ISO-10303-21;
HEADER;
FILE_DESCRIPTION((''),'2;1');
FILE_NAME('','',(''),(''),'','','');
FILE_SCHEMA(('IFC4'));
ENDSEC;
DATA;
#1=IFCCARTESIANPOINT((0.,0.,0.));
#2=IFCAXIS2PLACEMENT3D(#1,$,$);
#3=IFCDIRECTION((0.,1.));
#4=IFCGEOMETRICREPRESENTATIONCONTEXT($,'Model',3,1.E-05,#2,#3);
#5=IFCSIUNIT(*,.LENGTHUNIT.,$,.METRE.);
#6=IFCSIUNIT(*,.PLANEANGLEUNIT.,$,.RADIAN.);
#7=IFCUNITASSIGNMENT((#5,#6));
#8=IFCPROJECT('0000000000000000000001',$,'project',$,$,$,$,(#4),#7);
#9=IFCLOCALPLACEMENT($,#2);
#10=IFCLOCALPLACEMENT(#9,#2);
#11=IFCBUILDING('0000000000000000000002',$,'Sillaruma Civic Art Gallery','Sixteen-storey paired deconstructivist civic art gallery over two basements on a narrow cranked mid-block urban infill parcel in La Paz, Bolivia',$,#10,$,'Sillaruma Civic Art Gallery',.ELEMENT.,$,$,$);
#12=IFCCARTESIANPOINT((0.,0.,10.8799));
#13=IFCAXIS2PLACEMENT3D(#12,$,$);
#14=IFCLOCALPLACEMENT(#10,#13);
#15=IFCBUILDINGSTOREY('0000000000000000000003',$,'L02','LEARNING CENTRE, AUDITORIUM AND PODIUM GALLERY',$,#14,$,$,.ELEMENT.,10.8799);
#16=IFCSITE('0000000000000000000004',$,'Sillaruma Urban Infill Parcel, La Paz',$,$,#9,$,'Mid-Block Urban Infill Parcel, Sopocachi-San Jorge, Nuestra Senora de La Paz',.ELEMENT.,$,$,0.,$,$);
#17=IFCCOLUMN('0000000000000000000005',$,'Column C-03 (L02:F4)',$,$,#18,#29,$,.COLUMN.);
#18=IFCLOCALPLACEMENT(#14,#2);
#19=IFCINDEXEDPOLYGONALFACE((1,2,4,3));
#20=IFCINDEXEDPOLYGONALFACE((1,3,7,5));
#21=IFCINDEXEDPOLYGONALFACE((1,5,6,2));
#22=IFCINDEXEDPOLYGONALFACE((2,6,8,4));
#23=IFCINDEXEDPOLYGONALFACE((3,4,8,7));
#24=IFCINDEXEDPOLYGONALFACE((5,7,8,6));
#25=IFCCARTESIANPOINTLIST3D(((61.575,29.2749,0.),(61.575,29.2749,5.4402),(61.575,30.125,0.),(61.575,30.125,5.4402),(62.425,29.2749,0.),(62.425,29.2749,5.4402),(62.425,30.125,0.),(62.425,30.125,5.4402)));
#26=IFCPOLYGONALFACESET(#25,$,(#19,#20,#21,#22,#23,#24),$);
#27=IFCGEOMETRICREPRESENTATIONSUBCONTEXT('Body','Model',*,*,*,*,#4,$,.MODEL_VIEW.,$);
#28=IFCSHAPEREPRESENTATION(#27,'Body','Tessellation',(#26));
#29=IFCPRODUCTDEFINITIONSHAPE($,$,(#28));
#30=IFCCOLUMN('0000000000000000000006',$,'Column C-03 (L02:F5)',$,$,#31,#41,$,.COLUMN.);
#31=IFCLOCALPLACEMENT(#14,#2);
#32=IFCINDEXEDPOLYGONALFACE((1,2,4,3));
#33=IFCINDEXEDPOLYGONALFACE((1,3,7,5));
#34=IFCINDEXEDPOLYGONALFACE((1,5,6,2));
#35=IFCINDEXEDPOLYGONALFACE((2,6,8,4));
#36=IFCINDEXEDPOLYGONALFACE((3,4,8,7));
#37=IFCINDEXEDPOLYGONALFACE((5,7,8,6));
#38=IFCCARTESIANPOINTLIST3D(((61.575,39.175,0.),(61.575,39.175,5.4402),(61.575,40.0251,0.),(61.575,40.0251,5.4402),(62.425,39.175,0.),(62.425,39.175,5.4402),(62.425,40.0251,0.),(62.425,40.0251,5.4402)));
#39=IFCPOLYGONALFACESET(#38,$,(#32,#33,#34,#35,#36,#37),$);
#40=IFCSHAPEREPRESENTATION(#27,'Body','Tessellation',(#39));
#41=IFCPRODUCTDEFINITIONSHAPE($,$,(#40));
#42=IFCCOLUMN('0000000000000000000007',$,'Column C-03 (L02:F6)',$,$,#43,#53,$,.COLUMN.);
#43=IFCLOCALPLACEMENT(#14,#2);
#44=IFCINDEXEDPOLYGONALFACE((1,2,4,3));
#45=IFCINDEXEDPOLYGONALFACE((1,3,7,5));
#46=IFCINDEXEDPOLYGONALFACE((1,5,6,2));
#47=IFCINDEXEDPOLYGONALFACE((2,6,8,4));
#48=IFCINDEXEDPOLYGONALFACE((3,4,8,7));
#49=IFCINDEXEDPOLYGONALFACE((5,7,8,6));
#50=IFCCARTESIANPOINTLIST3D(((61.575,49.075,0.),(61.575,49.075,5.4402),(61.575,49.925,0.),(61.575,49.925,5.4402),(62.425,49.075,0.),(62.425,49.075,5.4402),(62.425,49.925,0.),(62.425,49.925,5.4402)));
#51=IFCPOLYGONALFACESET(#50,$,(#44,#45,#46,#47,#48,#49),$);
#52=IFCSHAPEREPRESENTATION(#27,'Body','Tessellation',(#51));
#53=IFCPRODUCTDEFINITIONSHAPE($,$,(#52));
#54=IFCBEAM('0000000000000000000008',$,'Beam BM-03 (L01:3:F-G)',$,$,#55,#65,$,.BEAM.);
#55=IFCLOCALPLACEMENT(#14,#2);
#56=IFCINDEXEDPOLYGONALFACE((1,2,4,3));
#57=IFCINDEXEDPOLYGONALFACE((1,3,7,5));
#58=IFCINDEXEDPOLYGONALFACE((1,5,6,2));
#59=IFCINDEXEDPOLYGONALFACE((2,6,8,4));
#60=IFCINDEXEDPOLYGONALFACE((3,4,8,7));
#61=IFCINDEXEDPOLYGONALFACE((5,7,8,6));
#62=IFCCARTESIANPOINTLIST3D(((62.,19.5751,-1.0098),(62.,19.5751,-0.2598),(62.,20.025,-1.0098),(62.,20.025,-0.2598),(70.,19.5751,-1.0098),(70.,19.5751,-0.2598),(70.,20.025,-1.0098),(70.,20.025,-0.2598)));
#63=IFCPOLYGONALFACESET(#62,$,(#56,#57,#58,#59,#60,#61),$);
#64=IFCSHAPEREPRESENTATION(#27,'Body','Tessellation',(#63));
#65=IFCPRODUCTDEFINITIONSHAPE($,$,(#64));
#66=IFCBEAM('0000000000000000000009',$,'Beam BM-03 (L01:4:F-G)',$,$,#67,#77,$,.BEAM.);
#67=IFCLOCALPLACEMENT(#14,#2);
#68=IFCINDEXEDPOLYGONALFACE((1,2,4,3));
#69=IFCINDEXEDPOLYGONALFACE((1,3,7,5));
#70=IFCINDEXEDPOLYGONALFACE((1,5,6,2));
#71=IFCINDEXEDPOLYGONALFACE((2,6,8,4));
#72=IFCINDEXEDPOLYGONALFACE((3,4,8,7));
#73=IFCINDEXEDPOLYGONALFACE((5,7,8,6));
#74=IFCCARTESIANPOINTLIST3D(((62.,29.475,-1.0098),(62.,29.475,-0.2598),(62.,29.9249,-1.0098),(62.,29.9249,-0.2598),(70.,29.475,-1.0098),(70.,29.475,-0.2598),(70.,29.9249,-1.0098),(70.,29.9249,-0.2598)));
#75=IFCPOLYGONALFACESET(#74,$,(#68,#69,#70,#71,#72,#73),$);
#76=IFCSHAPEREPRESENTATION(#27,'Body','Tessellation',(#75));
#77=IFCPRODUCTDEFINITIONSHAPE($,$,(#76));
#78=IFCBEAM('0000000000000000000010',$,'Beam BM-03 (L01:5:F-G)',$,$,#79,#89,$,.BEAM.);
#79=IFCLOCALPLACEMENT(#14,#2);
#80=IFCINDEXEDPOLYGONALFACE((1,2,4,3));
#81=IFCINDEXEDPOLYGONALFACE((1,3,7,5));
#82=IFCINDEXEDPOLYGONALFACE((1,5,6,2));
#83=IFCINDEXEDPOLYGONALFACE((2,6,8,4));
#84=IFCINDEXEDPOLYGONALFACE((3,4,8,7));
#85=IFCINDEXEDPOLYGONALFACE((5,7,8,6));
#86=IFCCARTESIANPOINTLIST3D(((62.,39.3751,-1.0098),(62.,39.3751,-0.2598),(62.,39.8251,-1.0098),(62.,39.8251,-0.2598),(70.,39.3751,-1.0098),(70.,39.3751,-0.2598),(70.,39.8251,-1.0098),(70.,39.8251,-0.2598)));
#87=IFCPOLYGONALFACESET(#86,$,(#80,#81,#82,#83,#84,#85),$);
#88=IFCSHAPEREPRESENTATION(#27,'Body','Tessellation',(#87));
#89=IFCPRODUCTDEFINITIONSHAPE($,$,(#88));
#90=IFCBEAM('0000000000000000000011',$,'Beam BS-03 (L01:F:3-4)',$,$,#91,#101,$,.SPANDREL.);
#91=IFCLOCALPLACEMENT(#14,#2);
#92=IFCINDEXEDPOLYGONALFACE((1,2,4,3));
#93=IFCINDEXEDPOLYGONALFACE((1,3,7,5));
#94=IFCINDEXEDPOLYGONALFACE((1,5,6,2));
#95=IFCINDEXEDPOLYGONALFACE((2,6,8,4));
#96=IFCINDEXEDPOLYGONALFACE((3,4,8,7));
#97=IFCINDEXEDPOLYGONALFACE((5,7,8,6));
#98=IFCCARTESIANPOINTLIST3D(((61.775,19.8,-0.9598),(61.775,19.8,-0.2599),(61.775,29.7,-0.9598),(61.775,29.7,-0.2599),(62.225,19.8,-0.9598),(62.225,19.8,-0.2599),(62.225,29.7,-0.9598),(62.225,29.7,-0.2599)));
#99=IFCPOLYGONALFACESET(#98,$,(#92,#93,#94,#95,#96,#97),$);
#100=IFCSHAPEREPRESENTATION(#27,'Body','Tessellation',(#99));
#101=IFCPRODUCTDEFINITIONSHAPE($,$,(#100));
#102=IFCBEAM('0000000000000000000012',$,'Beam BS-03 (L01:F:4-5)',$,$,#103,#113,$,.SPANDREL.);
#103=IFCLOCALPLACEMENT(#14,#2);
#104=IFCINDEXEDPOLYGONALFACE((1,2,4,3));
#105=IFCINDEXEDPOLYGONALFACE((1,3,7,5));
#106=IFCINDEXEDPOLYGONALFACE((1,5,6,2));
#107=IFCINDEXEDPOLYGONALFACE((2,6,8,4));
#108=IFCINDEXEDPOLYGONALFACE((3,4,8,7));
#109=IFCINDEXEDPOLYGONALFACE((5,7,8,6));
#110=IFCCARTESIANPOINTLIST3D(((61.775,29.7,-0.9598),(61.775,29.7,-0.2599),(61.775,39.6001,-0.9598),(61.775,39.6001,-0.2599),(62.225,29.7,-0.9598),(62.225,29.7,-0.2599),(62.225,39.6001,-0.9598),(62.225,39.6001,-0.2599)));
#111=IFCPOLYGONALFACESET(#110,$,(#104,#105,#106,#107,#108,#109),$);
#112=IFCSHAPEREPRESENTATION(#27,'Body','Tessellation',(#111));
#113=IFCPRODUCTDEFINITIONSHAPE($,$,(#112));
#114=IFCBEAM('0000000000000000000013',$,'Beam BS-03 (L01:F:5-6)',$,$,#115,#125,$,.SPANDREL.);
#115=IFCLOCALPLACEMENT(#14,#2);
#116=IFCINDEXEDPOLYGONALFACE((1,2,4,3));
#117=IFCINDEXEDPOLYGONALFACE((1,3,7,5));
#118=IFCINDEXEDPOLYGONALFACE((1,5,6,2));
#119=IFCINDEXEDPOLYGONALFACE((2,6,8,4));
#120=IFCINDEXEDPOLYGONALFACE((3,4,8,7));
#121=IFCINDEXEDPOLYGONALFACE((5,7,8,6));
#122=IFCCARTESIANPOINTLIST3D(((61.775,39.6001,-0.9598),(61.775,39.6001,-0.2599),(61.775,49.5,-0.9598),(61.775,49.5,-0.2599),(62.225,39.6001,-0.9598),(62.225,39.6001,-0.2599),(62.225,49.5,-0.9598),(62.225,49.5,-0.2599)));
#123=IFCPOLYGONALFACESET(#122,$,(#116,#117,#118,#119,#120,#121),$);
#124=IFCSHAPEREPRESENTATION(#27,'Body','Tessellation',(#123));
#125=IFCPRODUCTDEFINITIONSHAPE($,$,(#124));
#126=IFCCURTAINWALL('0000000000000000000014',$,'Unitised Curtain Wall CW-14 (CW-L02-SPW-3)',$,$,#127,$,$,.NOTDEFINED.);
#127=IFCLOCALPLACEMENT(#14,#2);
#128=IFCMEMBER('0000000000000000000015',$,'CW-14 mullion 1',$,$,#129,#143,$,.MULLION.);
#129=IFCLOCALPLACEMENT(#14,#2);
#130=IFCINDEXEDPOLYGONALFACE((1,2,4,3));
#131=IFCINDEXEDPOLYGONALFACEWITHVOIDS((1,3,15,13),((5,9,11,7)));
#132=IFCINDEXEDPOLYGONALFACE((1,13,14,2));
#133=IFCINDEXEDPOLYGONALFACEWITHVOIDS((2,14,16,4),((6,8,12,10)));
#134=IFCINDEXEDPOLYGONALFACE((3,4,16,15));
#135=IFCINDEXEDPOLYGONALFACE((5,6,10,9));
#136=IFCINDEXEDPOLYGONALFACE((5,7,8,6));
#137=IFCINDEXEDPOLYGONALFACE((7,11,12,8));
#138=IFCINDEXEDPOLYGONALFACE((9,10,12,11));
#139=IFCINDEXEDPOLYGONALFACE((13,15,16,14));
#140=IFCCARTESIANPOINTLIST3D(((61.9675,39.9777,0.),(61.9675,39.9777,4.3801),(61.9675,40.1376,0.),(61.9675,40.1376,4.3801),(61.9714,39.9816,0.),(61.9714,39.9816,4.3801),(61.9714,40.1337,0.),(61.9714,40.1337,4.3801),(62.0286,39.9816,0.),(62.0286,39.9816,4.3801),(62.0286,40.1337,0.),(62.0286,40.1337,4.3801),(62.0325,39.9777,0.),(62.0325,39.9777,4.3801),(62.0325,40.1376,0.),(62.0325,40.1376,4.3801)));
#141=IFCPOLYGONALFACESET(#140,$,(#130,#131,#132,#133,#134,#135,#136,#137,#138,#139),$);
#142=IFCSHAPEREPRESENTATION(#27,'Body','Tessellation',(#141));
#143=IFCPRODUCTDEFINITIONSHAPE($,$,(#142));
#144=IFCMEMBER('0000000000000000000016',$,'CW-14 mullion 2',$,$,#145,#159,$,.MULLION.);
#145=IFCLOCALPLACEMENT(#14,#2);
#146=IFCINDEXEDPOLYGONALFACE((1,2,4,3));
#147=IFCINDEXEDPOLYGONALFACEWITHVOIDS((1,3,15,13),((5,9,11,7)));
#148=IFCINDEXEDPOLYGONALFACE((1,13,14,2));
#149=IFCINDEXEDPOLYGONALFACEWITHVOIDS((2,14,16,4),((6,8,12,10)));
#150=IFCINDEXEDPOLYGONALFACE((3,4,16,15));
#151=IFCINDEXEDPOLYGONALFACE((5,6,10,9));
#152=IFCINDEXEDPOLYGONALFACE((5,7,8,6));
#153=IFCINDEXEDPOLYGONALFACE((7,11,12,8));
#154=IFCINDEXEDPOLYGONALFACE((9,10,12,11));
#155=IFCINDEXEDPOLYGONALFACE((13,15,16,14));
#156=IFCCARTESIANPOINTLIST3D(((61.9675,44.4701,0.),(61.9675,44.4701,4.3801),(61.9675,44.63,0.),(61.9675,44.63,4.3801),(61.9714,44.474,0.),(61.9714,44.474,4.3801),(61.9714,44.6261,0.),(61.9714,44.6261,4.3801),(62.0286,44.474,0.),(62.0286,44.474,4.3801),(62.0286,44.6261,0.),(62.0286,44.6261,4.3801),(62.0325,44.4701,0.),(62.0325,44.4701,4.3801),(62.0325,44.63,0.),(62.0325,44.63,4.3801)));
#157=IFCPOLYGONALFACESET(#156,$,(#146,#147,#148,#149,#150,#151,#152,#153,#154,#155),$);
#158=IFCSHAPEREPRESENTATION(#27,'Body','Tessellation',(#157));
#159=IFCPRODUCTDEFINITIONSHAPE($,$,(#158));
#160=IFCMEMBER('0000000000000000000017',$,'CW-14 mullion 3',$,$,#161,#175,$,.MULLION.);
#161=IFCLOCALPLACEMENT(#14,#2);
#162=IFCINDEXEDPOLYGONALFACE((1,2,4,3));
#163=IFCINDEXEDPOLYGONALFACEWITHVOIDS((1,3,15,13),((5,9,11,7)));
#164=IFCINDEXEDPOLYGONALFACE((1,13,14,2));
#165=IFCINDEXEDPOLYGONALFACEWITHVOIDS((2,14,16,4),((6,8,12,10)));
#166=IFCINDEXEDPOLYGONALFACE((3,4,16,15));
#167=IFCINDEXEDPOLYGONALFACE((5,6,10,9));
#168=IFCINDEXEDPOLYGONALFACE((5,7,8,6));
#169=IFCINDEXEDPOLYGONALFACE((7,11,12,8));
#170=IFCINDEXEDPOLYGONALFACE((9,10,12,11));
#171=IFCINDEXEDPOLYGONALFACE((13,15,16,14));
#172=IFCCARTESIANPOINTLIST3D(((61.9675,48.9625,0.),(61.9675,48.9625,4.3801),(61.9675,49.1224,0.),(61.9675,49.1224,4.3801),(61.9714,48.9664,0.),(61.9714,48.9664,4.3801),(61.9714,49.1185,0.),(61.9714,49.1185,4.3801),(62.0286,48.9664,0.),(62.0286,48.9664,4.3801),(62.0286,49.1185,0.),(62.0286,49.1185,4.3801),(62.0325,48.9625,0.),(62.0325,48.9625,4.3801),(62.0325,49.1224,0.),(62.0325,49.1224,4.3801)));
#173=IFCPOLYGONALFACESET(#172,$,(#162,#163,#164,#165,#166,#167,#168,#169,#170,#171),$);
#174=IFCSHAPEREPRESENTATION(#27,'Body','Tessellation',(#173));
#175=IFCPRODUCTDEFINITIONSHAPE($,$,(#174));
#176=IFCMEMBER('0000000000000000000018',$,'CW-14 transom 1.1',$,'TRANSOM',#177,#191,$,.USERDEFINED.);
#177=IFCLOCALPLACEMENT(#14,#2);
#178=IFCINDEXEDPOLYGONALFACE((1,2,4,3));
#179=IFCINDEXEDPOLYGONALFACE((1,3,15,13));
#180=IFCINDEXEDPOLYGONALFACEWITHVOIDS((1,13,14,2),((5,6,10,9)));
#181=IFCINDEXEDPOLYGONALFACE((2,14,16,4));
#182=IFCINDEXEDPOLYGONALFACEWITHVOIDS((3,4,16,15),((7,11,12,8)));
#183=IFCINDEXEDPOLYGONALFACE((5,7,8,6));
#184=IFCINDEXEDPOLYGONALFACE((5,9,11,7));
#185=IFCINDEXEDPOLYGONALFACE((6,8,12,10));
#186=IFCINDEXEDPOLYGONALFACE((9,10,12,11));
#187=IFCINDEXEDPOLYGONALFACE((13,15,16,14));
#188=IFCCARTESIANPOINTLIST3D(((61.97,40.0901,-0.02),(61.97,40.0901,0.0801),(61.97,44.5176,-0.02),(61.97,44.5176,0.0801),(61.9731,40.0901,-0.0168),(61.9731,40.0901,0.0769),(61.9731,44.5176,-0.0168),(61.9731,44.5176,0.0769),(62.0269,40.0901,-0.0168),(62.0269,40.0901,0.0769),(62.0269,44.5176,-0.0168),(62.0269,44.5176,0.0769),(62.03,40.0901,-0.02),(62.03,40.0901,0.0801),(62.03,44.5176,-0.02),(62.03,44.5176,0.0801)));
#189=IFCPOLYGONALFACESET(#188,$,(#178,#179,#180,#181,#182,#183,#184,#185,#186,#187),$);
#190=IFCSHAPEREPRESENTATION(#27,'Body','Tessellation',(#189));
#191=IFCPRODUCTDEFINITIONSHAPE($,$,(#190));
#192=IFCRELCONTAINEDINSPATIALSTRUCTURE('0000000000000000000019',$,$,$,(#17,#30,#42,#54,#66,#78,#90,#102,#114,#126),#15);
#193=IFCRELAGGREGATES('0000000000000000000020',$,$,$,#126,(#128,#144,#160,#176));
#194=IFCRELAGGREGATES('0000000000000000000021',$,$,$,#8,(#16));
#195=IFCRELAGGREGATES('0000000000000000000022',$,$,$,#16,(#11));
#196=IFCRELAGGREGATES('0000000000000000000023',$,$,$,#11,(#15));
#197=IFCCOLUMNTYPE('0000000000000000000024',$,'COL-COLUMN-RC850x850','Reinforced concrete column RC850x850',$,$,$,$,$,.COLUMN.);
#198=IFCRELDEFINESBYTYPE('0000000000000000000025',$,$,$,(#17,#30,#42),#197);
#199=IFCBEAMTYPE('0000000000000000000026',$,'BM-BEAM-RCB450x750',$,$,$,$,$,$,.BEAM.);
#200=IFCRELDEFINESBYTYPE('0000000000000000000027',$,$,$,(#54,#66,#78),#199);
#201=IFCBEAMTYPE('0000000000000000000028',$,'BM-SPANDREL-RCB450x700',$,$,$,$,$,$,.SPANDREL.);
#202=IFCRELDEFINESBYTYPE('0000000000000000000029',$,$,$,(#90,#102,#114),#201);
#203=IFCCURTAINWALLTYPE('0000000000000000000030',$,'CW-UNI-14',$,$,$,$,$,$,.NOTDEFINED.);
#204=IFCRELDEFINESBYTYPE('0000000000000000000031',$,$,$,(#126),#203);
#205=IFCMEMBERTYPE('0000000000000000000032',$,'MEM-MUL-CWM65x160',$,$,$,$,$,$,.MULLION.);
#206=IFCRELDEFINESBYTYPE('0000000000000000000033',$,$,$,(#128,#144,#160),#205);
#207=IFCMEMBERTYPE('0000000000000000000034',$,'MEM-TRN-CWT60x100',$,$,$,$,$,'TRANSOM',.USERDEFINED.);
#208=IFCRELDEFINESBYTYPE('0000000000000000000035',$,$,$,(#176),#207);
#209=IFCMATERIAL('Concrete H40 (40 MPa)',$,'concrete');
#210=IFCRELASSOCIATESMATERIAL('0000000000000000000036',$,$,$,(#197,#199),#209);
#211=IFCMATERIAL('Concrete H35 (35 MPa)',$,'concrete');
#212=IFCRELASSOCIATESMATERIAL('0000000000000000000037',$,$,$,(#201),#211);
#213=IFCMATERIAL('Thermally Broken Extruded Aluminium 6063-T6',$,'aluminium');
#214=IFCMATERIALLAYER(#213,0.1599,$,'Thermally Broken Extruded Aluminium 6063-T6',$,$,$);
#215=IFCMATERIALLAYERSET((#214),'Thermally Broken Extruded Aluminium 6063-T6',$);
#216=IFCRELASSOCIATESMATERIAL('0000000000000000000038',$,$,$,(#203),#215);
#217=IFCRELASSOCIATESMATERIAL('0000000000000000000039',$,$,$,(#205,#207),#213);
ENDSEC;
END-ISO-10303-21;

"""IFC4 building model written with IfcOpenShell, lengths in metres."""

from ifc_helpers import new_model, si_unit, direction, frame, origin, origin_2d, place, context, subcontext, project, spatial, rectangle, hollow_rectangle, extrude, material, layer, layer_set, material_profile, profile_set, type_object, element, aggregate, save


model = new_model("IFC4")

# Units and contexts
model_context = context("Model", 3, precision=1e-05, world=origin(), true_north=direction((0.0, 1.0)))
body_context = subcontext(model_context, "Body", "Model", "MODEL_VIEW")
ifc_project = project(units=[si_unit("LENGTHUNIT", "METRE"), si_unit("PLANEANGLEUNIT", "RADIAN")], contexts=[model_context])

# Site, building, storey
site_placement = place(None, origin())
site = spatial("IfcSite", under=ifc_project, at=site_placement, Name="Sillaruma Urban Infill Parcel, La Paz", LongName="Mid-Block Urban Infill Parcel, Sopocachi-San Jorge, Nuestra Senora de La Paz", CompositionType="ELEMENT", RefElevation=0.0)
building_placement = place(site_placement, origin())
building = spatial("IfcBuilding", under=site, at=building_placement, Name="Sillaruma Civic Art Gallery", Description="Sixteen-storey paired deconstructivist civic art gallery over two basements on a narrow cranked mid-block urban infill parcel in La Paz, Bolivia", LongName="Sillaruma Civic Art Gallery", CompositionType="ELEMENT")
storey_placement = place(building_placement, frame((0.0, 0.0, 10.8799)))
storey = spatial("IfcBuildingStorey", under=building, at=storey_placement, Name="L02", Description="LEARNING CENTRE, AUDITORIUM AND PODIUM GALLERY", CompositionType="ELEMENT", Elevation=10.8799)

# Columns
ifc_material_1 = material(Name="Concrete H40 (40 MPa)", Category="concrete")
ifc_material_profile_1 = material_profile(ifc_material_1, rectangle(XDim=0.8501, YDim=0.8501, at=origin_2d()), Name="RC850x850")
ifc_profile_set_1 = profile_set([ifc_material_profile_1], Name="Concrete H40 (40 MPa)")
column_type = type_object("IfcColumnType", Name="COL-COLUMN-RC850x850", Description="Reinforced concrete column RC850x850", PredefinedType="COLUMN", material=ifc_profile_set_1)
for number, where, z_axis, x_axis, name in (
    (1, (62.0, 29.7, 0.0), (0.0, 0.0, 1.0), (1.0, 0.0, 0.0), "Column C-03 (L02:F4)"),
    (2, (62.0, 39.6001, 0.0), (0.0, 0.0, 1.0), (1.0, 0.0, 0.0), "Column C-03 (L02:F5)"),
    (3, (62.0, 49.5, 0.0), (0.0, 0.0, 1.0), (1.0, 0.0, 0.0), "Column C-03 (L02:F6)"),
):
    element("IfcColumn", number, at=place(storey_placement, frame(where, z_axis=z_axis, x_axis=x_axis)), inside=storey, type_object=column_type, Name=name, PredefinedType="COLUMN", context=body_context, shape_type="SweptSolid", body=[
        extrude(rectangle(XDim=0.8501, YDim=0.8501, at=origin_2d()), origin(), (0.0, 0.0, 1.0), 5.4402),
    ])

# Beams
ifc_material_profile_2 = material_profile(ifc_material_1, rectangle(XDim=0.45, YDim=0.75, at=origin_2d()), Name="RCB450x750")
ifc_profile_set_2 = profile_set([ifc_material_profile_2], Name="Concrete H40 (40 MPa)")
beam_type_1 = type_object("IfcBeamType", Name="BM-BEAM-RCB450x750", PredefinedType="BEAM", material=ifc_profile_set_2)
for number, where, z_axis, x_axis, name in (
    (4, (62.0, 19.8, -0.6348), (1.0, 0.0, 0.0), (0.0, 1.0, 0.0), "Beam BM-03 (L01:3:F-G)"),
    (5, (62.0, 29.7, -0.6348), (1.0, 0.0, 0.0), (0.0, 1.0, 0.0), "Beam BM-03 (L01:4:F-G)"),
    (6, (62.0, 39.6001, -0.6348), (1.0, 0.0, 0.0), (0.0, 1.0, 0.0), "Beam BM-03 (L01:5:F-G)"),
):
    element("IfcBeam", number, at=place(storey_placement, frame(where, z_axis=z_axis, x_axis=x_axis)), inside=storey, type_object=beam_type_1, Name=name, PredefinedType="BEAM", context=body_context, shape_type="SweptSolid", body=[
        extrude(rectangle(XDim=0.45, YDim=0.75, at=origin_2d()), origin(), (0.0, 0.0, 1.0), 8.0),
    ])
ifc_material_2 = material(Name="Concrete H35 (35 MPa)", Category="concrete")
ifc_material_profile_3 = material_profile(ifc_material_2, rectangle(XDim=0.45, YDim=0.7, at=origin_2d()), Name="RCB450x700")
ifc_profile_set_3 = profile_set([ifc_material_profile_3], Name="Concrete H35 (35 MPa)")
beam_type_2 = type_object("IfcBeamType", Name="BM-SPANDREL-RCB450x700", PredefinedType="SPANDREL", material=ifc_profile_set_3)
beam_1_placement = place(storey_placement, frame((62.0, 19.8, -0.6099), z_axis=(0.0, 1.0, 0.0), x_axis=(-1.0, 0.0, 0.0)))
element("IfcBeam", 7, at=beam_1_placement, inside=storey, type_object=beam_type_2, Name="Beam BS-03 (L01:F:3-4)", PredefinedType="SPANDREL", context=body_context, shape_type="SweptSolid", body=[
    extrude(rectangle(XDim=0.45, YDim=0.7, at=origin_2d()), origin(), (0.0, 0.0, 1.0), 9.8999),
])
beam_2_placement = place(storey_placement, frame((62.0, 29.7, -0.6099), z_axis=(0.0, 1.0, 0.0), x_axis=(-1.0, 0.0, 0.0)))
element("IfcBeam", 8, at=beam_2_placement, inside=storey, type_object=beam_type_2, Name="Beam BS-03 (L01:F:4-5)", PredefinedType="SPANDREL", context=body_context, shape_type="SweptSolid", body=[
    extrude(rectangle(XDim=0.45, YDim=0.7, at=origin_2d()), origin(), (0.0, 0.0, 1.0), 9.9001),
])
beam_3_placement = place(storey_placement, frame((62.0, 39.6001, -0.6099), z_axis=(0.0, 1.0, 0.0), x_axis=(-1.0, 0.0, 0.0)))
element("IfcBeam", 9, at=beam_3_placement, inside=storey, type_object=beam_type_2, Name="Beam BS-03 (L01:F:5-6)", PredefinedType="SPANDREL", context=body_context, shape_type="SweptSolid", body=[
    extrude(rectangle(XDim=0.45, YDim=0.7, at=origin_2d()), origin(), (0.0, 0.0, 1.0), 9.8999),
])

# Curtain wall, members
ifc_material_3 = material(Name="Thermally Broken Extruded Aluminium 6063-T6", Category="aluminium")
ifc_layer_1 = layer(ifc_material_3, 0.1599, Name="Thermally Broken Extruded Aluminium 6063-T6")
ifc_layer_set_1 = layer_set([ifc_layer_1], Name="Thermally Broken Extruded Aluminium 6063-T6")
curtain_wall_type = type_object("IfcCurtainWallType", Name="CW-UNI-14", PredefinedType="NOTDEFINED", material=ifc_layer_set_1)
curtain_wall_placement = place(storey_placement, origin())
curtain_wall = element("IfcCurtainWall", 10, at=curtain_wall_placement, inside=storey, type_object=curtain_wall_type, Name="Unitised Curtain Wall CW-14 (CW-L02-SPW-3)", PredefinedType="NOTDEFINED")
ifc_material_profile_4 = material_profile(ifc_material_3, hollow_rectangle(XDim=0.0649, YDim=0.1599, WallThickness=0.0039, at=origin_2d()), Name="CWM65x160")
ifc_profile_set_4 = profile_set([ifc_material_profile_4], Name="Thermally Broken Extruded Aluminium 6063-T6")
member_type_1 = type_object("IfcMemberType", Name="MEM-MUL-CWM65x160", PredefinedType="MULLION", material=ifc_profile_set_4)
member_1_placement = place(storey_placement, frame((62.0, 40.0576, 0.0), z_axis=(0.0, 0.0, 1.0), x_axis=(-1.0, 0.0, 0.0)))
member_1 = element("IfcMember", 11, at=member_1_placement, type_object=member_type_1, Name="CW-14 mullion 1", PredefinedType="MULLION", context=body_context, shape_type="SweptSolid", body=[
    extrude(hollow_rectangle(XDim=0.0649, YDim=0.1599, WallThickness=0.0039, at=origin_2d()), origin(), (0.0, 0.0, 1.0), 4.3801),
])
member_2_placement = place(storey_placement, frame((62.0, 44.55, 0.0), z_axis=(0.0, 0.0, 1.0), x_axis=(-1.0, 0.0, 0.0)))
member_2 = element("IfcMember", 12, at=member_2_placement, type_object=member_type_1, Name="CW-14 mullion 2", PredefinedType="MULLION", context=body_context, shape_type="SweptSolid", body=[
    extrude(hollow_rectangle(XDim=0.0649, YDim=0.1599, WallThickness=0.0039, at=origin_2d()), origin(), (0.0, 0.0, 1.0), 4.3801),
])
member_3_placement = place(storey_placement, frame((62.0, 49.0425, 0.0), z_axis=(0.0, 0.0, 1.0), x_axis=(-1.0, 0.0, 0.0)))
member_3 = element("IfcMember", 13, at=member_3_placement, type_object=member_type_1, Name="CW-14 mullion 3", PredefinedType="MULLION", context=body_context, shape_type="SweptSolid", body=[
    extrude(hollow_rectangle(XDim=0.0649, YDim=0.1599, WallThickness=0.0039, at=origin_2d()), origin(), (0.0, 0.0, 1.0), 4.3801),
])
ifc_material_profile_5 = material_profile(ifc_material_3, hollow_rectangle(XDim=0.0601, YDim=0.1001, WallThickness=0.0032, at=origin_2d()), Name="CWT60x100")
ifc_profile_set_5 = profile_set([ifc_material_profile_5], Name="Thermally Broken Extruded Aluminium 6063-T6")
member_type_2 = type_object("IfcMemberType", Name="MEM-TRN-CWT60x100", ElementType="TRANSOM", PredefinedType="USERDEFINED", material=ifc_profile_set_5)
member_4_placement = place(storey_placement, frame((62.0, 40.0901, 0.03), z_axis=(0.0, 1.0, 0.0), x_axis=(-1.0, 0.0, 0.0)))
member_4 = element("IfcMember", 14, at=member_4_placement, type_object=member_type_2, Name="CW-14 transom 1.1", ObjectType="TRANSOM", PredefinedType="USERDEFINED", context=body_context, shape_type="SweptSolid", body=[
    extrude(hollow_rectangle(XDim=0.0601, YDim=0.1001, WallThickness=0.0032, at=origin_2d()), origin(), (0.0, 0.0, 1.0), 4.4275),
])
aggregate(curtain_wall, [member_1, member_2, member_3, member_4])

save(model, "model.ifc")
